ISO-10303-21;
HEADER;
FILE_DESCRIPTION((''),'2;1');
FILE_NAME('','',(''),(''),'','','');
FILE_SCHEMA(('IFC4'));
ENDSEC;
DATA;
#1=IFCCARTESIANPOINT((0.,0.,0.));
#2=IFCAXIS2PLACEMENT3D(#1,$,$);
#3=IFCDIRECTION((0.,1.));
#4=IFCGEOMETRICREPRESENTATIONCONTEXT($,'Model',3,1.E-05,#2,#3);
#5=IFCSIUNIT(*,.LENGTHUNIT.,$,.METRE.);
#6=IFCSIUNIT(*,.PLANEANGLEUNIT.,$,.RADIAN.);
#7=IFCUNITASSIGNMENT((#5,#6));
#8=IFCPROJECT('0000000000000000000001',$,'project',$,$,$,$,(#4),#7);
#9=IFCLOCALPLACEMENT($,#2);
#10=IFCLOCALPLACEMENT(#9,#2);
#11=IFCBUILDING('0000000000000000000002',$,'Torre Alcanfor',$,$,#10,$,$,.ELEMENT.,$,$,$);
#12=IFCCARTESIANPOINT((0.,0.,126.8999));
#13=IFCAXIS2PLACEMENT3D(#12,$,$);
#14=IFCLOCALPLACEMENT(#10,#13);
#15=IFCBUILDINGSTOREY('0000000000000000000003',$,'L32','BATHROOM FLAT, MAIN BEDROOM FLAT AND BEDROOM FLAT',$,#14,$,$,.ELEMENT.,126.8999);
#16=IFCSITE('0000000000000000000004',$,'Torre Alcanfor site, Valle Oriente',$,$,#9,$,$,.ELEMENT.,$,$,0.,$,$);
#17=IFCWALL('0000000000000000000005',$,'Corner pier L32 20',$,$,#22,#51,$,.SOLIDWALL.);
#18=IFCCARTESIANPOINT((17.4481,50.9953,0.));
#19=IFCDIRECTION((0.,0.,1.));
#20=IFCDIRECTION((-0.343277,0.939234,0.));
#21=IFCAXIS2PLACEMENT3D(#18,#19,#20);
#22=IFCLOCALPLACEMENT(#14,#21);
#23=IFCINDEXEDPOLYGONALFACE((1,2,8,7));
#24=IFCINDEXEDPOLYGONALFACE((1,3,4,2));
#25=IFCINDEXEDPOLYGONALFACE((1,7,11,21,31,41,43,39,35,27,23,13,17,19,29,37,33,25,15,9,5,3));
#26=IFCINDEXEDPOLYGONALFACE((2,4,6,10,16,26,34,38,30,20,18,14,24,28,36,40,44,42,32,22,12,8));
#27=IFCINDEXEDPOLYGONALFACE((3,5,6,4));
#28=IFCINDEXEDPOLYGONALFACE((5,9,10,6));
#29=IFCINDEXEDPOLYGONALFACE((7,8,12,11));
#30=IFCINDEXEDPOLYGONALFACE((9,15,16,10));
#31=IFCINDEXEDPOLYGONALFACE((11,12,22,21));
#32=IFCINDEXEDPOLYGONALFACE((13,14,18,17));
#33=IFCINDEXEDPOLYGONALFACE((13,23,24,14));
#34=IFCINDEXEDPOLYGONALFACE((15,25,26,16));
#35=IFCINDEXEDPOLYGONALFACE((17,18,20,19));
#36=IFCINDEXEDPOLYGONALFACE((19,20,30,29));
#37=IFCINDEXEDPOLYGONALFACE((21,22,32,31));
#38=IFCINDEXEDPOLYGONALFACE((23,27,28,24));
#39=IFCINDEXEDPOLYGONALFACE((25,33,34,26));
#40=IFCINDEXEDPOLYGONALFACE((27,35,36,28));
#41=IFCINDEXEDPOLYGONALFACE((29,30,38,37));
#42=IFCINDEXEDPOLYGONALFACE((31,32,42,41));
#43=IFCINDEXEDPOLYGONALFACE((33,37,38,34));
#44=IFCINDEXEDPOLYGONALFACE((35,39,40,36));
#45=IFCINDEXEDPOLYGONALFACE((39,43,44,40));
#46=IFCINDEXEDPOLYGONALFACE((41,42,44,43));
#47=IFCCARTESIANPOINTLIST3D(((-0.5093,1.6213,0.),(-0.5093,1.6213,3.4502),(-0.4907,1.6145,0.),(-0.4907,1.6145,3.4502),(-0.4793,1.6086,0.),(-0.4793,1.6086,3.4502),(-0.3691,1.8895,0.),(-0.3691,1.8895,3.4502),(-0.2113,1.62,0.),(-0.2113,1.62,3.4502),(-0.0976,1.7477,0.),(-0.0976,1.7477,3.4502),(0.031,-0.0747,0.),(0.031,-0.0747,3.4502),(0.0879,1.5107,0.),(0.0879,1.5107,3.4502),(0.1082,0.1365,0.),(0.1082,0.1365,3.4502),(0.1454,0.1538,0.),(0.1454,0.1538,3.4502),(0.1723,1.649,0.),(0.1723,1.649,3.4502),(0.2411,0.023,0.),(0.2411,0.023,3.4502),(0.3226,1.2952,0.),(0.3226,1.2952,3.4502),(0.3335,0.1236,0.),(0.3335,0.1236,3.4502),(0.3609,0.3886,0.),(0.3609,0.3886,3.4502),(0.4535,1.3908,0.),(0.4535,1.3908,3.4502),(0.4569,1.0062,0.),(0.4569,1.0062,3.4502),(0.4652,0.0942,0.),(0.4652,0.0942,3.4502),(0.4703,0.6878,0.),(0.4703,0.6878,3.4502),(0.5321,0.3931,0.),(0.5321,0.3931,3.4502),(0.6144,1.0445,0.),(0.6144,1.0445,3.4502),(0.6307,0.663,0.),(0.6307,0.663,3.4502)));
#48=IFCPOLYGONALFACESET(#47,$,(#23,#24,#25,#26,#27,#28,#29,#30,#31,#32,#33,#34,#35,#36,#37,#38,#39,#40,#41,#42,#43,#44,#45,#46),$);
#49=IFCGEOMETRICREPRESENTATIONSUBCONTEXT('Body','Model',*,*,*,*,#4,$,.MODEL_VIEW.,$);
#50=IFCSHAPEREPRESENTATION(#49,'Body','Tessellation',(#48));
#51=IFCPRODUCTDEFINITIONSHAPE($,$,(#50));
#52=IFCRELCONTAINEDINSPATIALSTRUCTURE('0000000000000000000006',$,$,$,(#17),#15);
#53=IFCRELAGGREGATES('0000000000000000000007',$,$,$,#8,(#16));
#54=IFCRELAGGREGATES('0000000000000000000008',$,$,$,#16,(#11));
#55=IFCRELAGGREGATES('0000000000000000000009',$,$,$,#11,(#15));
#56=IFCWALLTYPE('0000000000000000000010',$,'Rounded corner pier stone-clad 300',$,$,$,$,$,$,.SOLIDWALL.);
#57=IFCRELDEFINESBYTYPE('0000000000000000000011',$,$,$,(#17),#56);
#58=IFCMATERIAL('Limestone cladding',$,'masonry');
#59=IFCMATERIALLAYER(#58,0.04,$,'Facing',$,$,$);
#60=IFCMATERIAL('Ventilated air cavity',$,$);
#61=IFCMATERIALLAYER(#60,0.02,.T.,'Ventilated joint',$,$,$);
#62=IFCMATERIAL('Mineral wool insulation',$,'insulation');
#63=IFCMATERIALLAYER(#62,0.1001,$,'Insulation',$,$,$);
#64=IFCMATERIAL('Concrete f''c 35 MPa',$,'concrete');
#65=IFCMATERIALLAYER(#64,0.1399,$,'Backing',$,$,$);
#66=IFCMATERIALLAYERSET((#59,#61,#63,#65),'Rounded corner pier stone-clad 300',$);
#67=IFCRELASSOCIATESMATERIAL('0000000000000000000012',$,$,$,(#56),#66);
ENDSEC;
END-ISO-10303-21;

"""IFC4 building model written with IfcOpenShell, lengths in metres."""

from ifc_helpers import new_model, si_unit, direction, frame, origin, place, context, subcontext, project, spatial, polyline, outline, extrude, material, layer, layer_set, type_object, element, save


model = new_model("IFC4")

# Units and contexts
model_context = context("Model", 3, precision=1e-05, world=origin(), true_north=direction((0.0, 1.0)))
body_context = subcontext(model_context, "Body", "Model", "MODEL_VIEW")
ifc_project = project(units=[si_unit("LENGTHUNIT", "METRE"), si_unit("PLANEANGLEUNIT", "RADIAN")], contexts=[model_context])

# Site, building, storey
site_placement = place(None, origin())
site = spatial("IfcSite", under=ifc_project, at=site_placement, Name="Torre Alcanfor site, Valle Oriente", CompositionType="ELEMENT", RefElevation=0.0)
building_placement = place(site_placement, origin())
building = spatial("IfcBuilding", under=site, at=building_placement, Name="Torre Alcanfor", CompositionType="ELEMENT")
storey_placement = place(building_placement, frame((0.0, 0.0, 126.8999)))
storey = spatial("IfcBuildingStorey", under=building, at=storey_placement, Name="L32", Description="BATHROOM FLAT, MAIN BEDROOM FLAT AND BEDROOM FLAT", CompositionType="ELEMENT", Elevation=126.8999)

# Shared definitions
ifc_material_1 = material(Name="Limestone cladding", Category="masonry")
ifc_material_2 = material(Name="Ventilated air cavity")
ifc_material_3 = material(Name="Mineral wool insulation", Category="insulation")
ifc_material_4 = material(Name="Concrete f'c 35 MPa", Category="concrete")

# Wall
ifc_layer_1 = layer(ifc_material_1, 0.04, Name="Facing")
ifc_layer_2 = layer(ifc_material_2, 0.02, ventilated=True, Name="Ventilated joint")
ifc_layer_3 = layer(ifc_material_3, 0.1001, Name="Insulation")
ifc_layer_4 = layer(ifc_material_4, 0.1399, Name="Backing")
ifc_layer_set_1 = layer_set([ifc_layer_1, ifc_layer_2, ifc_layer_3, ifc_layer_4], Name="Rounded corner pier stone-clad 300")
wall_type_1 = type_object("IfcWallType", Name="Rounded corner pier stone-clad 300", PredefinedType="SOLIDWALL", material=ifc_layer_set_1)
wall_1_placement = place(storey_placement, frame((17.4481, 50.9953, 0.0), z_axis=(0.0, 0.0, 1.0), x_axis=(-0.343277, 0.939234, 0.0)))
element("IfcWall", 1, at=wall_1_placement, inside=storey, type_object=wall_type_1, Name="Corner pier L32 20", PredefinedType="SOLIDWALL", context=body_context, shape_type="SweptSolid", body=[
    extrude(outline(polyline([(0.2411, 0.023), (0.3335, 0.1236), (0.4652, 0.0942), (0.5321, 0.3931), (0.6307, 0.663), (0.6144, 1.0445), (0.4535, 1.3908), (0.1723, 1.649), (-0.0976, 1.7477), (-0.3691, 1.8895), (-0.5093, 1.6213), (-0.4907, 1.6145), (-0.4793, 1.6086), (-0.2113, 1.62), (0.0879, 1.5107), (0.3226, 1.2952), (0.4569, 1.0062), (0.4703, 0.6878), (0.3609, 0.3886), (0.1454, 0.1538), (0.1082, 0.1365), (0.031, -0.0747), (0.2411, 0.023)])), origin(), (0.0, 0.0, 1.0), 3.4502),
])

save(model, "model.ifc")
